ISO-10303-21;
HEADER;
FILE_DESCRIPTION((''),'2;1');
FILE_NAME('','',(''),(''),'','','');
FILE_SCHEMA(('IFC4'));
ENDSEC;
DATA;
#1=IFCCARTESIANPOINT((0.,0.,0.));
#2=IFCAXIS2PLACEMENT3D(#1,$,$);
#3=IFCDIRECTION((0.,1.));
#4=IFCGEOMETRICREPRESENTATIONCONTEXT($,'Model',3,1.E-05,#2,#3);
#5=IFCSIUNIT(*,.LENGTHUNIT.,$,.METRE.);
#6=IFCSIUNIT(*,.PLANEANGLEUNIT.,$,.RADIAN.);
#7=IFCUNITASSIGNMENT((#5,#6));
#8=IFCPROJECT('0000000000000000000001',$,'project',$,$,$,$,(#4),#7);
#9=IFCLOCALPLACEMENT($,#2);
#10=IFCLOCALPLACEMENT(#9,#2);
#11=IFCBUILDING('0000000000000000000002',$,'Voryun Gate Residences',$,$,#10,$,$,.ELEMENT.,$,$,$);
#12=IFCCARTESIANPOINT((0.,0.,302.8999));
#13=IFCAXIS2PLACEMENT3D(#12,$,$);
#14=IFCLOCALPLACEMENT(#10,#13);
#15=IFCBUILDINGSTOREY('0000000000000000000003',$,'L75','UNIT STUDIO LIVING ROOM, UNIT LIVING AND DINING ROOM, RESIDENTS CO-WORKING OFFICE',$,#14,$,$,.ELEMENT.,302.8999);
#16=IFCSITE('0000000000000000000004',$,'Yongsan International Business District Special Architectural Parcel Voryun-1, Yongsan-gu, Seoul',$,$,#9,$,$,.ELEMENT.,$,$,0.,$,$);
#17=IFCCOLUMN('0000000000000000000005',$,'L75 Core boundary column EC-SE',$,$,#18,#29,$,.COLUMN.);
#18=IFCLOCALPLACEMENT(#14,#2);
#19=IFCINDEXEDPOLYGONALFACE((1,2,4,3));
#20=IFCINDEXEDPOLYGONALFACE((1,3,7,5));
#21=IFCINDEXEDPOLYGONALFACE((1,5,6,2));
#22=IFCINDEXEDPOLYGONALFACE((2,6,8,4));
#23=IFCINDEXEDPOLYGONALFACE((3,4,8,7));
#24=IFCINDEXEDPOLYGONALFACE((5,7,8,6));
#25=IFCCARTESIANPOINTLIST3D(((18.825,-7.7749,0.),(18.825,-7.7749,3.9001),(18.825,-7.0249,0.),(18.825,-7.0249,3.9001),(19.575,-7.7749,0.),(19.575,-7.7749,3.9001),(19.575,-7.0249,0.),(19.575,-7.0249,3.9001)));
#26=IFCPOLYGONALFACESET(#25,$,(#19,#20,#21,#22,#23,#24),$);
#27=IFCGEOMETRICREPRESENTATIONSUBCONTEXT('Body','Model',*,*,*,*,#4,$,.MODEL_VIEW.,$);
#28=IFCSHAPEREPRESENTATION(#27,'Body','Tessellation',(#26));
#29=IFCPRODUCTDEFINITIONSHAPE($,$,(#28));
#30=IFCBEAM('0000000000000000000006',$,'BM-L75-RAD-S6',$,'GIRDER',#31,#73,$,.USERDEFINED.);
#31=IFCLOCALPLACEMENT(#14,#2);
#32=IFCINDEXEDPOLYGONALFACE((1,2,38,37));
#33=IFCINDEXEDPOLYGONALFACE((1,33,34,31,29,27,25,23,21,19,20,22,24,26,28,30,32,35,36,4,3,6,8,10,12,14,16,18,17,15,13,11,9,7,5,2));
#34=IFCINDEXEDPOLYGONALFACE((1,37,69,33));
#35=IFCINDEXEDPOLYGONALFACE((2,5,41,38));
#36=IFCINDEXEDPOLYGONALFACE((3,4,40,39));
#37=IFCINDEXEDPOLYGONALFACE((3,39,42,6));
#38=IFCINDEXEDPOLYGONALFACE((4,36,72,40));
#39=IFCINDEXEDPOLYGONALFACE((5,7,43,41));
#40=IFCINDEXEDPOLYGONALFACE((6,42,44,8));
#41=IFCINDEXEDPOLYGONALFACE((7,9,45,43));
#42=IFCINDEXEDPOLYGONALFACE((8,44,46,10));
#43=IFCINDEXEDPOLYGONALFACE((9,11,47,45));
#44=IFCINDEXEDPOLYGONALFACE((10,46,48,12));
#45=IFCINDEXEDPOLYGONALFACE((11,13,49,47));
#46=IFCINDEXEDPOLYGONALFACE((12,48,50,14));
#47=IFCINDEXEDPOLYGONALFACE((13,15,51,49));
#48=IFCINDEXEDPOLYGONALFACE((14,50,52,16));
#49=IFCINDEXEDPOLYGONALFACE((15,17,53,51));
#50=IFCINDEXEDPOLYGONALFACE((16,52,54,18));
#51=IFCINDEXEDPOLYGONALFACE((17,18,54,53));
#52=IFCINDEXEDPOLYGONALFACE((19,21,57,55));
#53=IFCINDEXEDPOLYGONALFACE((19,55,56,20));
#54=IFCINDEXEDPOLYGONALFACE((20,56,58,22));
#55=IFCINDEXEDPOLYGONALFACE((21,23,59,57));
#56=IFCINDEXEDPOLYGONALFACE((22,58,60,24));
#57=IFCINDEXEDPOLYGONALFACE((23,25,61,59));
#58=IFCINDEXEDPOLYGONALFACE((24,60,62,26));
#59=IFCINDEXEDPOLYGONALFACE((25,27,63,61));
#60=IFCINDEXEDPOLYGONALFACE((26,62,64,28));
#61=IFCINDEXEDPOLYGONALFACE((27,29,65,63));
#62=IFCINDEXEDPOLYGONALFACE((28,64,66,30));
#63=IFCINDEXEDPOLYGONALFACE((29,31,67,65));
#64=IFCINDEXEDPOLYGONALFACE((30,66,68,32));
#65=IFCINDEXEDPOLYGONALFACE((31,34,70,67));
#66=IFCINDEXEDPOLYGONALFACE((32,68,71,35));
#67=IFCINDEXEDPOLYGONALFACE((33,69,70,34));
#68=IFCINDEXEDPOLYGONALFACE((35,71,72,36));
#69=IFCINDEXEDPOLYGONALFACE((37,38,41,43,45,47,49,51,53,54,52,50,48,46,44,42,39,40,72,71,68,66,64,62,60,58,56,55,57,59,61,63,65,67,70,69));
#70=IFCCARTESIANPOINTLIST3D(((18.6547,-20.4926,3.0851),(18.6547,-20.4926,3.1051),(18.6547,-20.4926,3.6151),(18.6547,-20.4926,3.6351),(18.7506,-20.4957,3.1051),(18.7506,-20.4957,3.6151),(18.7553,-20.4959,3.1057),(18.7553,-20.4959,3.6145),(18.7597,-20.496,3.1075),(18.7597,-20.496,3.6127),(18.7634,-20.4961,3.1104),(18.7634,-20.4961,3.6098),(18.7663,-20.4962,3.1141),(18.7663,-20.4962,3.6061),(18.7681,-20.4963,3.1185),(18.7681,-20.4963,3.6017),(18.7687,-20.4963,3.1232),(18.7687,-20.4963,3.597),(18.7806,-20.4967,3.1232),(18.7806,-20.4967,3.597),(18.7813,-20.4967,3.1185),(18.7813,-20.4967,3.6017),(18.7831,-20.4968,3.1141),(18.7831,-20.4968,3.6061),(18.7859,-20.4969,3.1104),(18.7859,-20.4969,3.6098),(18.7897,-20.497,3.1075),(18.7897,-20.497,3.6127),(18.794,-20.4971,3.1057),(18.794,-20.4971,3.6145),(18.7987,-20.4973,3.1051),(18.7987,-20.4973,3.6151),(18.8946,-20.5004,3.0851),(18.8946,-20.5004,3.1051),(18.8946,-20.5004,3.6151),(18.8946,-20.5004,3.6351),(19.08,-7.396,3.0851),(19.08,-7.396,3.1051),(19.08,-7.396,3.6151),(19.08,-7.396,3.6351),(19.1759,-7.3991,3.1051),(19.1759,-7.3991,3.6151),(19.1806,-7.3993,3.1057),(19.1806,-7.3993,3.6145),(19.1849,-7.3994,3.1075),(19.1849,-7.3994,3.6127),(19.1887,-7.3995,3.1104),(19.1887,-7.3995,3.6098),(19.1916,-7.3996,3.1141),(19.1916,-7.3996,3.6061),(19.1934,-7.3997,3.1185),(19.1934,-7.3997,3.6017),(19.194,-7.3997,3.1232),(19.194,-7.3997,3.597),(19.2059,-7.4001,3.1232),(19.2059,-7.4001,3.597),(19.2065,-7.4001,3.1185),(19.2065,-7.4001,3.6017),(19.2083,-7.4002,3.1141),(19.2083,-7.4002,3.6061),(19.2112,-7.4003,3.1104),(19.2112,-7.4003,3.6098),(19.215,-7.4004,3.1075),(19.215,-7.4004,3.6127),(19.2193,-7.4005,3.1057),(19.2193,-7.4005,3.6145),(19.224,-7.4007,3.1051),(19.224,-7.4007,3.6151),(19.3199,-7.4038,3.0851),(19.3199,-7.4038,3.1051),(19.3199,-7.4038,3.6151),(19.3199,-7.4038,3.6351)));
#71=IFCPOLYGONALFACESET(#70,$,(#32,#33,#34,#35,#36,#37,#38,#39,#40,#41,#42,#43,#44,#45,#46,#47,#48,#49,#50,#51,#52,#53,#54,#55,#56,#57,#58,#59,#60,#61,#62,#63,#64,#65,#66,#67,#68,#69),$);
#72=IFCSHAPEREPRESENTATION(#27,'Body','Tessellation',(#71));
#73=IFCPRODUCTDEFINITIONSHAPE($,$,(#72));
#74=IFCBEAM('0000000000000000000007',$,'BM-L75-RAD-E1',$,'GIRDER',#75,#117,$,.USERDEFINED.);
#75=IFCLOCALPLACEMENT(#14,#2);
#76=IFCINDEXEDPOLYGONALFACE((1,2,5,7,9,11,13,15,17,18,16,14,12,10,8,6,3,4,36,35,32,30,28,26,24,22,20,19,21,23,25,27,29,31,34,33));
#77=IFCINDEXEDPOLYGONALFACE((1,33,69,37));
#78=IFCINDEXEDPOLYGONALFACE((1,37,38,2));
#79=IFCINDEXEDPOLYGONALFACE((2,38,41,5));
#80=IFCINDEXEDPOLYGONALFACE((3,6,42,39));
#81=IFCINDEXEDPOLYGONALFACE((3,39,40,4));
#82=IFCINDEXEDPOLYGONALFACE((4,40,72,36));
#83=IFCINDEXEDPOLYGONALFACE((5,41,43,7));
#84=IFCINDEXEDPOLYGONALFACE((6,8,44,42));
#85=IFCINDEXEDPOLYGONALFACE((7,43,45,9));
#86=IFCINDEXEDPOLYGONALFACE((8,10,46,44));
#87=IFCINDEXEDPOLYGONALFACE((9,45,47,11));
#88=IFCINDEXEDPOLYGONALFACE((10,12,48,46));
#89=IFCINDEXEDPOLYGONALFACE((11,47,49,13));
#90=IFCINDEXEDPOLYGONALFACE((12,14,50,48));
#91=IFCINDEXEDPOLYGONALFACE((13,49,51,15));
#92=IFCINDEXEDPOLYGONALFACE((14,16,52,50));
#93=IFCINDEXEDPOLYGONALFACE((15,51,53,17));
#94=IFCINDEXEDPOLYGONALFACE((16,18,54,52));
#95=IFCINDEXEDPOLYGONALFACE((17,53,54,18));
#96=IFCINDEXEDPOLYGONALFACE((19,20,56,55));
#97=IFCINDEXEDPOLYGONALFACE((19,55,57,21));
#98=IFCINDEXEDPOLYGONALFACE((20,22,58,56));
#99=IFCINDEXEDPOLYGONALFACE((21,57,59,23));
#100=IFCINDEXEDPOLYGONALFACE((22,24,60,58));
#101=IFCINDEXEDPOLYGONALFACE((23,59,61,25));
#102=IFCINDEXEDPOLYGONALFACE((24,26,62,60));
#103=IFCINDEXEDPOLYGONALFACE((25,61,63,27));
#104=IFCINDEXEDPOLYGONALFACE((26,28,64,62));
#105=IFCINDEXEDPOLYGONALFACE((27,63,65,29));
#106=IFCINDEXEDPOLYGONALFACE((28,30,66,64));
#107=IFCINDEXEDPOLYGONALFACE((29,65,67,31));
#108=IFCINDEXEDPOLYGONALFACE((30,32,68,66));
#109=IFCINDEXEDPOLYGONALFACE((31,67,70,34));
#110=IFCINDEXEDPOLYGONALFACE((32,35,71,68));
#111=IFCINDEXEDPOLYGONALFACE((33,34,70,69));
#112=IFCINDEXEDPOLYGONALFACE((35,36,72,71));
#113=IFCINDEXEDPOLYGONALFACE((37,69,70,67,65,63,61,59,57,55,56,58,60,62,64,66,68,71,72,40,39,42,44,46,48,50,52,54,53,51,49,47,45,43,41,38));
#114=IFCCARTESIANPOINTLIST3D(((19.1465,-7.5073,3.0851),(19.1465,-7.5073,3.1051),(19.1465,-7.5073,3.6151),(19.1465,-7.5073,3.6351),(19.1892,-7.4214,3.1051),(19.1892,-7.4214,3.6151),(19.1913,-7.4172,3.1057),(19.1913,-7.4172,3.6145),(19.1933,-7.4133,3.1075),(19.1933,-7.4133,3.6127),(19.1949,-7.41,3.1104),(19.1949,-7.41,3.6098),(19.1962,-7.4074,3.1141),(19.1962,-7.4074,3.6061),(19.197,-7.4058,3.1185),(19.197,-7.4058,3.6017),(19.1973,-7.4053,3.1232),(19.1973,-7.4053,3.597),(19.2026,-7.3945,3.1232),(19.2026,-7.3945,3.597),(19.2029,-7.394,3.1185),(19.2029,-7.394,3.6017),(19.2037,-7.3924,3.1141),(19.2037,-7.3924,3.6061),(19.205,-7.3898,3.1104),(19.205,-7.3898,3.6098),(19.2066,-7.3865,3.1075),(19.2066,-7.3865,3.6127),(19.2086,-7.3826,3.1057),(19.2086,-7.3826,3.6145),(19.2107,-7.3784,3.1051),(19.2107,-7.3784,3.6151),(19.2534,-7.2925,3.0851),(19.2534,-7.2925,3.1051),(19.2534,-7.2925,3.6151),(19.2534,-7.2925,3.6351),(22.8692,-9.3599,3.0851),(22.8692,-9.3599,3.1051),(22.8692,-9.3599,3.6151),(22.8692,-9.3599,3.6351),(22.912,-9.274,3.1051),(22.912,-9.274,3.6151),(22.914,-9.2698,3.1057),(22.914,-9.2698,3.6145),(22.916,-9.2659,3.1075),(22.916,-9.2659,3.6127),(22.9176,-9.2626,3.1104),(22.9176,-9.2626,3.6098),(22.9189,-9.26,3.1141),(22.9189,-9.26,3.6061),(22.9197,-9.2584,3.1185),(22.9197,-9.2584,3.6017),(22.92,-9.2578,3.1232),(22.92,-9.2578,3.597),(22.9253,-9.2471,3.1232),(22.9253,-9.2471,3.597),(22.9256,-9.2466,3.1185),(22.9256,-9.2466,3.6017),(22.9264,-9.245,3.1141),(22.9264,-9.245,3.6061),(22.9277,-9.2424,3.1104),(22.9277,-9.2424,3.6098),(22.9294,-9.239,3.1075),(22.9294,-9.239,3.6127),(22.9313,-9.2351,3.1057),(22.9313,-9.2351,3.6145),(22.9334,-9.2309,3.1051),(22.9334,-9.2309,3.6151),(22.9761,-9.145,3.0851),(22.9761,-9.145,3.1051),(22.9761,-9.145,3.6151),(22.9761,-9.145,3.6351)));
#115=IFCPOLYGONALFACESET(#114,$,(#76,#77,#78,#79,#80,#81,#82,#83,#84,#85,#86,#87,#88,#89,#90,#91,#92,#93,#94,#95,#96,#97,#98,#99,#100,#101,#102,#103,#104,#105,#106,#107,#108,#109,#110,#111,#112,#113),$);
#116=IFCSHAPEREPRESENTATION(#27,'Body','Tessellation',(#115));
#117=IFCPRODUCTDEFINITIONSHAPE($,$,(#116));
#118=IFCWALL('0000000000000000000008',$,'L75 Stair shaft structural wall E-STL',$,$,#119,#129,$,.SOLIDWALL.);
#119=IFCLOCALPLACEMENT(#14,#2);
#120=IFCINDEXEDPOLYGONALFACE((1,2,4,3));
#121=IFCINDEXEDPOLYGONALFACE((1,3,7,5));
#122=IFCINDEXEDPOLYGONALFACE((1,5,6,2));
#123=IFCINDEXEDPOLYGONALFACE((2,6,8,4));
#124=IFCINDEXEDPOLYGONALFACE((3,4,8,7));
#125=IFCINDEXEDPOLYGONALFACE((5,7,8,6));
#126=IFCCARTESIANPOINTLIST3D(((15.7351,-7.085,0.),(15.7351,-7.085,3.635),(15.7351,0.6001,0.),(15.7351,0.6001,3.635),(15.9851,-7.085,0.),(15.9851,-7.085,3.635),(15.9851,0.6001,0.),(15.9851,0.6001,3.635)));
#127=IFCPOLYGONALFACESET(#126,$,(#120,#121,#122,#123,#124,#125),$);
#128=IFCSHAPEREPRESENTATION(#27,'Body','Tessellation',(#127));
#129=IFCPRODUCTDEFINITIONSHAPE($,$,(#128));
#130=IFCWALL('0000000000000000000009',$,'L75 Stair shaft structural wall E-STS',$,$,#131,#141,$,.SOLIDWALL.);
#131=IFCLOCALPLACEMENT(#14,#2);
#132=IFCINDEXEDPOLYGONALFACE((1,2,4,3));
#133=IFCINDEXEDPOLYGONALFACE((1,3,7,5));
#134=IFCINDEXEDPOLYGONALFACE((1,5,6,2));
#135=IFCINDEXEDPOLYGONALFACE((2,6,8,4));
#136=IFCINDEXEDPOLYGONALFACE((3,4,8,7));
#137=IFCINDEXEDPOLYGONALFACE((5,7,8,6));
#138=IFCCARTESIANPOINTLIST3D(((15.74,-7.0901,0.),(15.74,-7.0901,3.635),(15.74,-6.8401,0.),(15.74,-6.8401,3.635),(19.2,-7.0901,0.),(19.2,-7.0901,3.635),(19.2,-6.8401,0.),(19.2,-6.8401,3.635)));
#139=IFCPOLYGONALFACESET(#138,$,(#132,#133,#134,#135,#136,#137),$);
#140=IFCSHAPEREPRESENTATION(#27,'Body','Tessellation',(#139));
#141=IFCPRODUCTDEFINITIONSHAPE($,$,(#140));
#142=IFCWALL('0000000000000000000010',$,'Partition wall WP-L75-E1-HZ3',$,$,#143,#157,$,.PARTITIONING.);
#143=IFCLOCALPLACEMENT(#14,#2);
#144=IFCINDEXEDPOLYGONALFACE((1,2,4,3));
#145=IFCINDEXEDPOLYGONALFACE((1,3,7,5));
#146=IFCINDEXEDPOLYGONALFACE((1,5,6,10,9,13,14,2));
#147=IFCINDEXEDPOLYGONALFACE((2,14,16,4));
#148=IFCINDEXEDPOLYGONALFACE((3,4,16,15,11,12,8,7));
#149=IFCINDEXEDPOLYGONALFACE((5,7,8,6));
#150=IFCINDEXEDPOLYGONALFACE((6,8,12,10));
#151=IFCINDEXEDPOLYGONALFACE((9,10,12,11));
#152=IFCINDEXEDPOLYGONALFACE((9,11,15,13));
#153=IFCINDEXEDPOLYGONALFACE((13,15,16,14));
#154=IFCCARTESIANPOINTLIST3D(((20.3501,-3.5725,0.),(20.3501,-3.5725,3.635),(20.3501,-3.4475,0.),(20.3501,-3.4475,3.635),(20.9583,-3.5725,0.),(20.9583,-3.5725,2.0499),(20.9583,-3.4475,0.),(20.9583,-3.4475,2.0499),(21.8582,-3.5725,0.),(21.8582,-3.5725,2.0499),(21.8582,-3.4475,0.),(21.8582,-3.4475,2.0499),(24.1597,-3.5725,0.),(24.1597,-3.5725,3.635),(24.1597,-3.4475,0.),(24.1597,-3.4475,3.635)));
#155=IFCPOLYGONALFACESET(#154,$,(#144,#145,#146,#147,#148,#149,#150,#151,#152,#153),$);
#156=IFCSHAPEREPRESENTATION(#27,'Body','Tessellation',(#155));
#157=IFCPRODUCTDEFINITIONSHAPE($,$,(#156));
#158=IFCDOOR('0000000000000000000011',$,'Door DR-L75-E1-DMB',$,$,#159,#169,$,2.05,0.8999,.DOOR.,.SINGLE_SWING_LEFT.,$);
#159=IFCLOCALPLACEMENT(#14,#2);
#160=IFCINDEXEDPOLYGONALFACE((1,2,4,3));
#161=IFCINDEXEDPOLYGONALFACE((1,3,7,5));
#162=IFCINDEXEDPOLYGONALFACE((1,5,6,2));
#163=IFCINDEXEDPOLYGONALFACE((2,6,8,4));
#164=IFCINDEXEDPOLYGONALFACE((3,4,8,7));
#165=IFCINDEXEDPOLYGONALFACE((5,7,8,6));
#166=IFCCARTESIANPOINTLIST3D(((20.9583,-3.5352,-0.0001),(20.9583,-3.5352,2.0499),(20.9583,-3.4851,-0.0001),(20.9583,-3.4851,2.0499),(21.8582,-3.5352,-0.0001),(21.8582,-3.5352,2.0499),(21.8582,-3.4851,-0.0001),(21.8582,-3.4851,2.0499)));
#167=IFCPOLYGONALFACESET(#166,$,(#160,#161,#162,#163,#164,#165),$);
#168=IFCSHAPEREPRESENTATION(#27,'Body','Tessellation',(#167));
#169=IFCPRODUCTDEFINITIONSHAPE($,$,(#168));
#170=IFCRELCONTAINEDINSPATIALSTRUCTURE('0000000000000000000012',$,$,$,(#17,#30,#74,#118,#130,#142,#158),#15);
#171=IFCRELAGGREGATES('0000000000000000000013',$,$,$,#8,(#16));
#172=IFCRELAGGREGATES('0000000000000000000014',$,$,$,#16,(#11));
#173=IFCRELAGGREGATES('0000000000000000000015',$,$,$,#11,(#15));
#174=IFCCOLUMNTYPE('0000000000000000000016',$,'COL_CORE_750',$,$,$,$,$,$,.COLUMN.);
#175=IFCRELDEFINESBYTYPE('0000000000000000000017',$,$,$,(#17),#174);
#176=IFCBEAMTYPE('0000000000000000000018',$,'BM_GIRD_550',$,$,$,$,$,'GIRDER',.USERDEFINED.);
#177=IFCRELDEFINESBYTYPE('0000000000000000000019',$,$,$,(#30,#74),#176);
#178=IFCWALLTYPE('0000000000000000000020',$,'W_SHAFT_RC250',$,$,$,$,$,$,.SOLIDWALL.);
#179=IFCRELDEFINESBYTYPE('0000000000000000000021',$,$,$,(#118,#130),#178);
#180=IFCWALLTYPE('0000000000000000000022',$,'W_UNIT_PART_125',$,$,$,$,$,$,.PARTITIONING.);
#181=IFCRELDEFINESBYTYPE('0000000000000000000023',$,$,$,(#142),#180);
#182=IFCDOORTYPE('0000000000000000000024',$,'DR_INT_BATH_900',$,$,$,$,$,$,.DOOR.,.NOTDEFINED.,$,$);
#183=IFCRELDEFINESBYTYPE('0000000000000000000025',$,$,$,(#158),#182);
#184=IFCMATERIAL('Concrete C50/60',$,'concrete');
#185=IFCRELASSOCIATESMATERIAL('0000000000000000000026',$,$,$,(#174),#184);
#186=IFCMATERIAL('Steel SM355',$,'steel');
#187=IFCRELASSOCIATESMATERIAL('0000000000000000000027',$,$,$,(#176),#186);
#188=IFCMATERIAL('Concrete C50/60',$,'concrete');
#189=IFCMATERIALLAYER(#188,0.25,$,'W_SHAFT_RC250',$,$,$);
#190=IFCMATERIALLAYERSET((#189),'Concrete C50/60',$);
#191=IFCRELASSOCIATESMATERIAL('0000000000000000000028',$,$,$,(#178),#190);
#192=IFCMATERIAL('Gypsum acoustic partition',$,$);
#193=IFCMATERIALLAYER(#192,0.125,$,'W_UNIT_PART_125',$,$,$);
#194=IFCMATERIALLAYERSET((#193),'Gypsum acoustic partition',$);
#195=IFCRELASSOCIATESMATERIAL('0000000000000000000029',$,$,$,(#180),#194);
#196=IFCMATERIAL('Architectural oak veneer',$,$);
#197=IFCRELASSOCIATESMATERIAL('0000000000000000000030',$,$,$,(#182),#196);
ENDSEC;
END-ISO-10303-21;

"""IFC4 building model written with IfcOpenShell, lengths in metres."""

from ifc_helpers import new_model, si_unit, direction, frame, frame_2d, origin, origin_2d, place, context, subcontext, project, spatial, rectangle, i_section, extrude, material, layer, layer_set, material_profile, profile_set, type_object, element, fill, save


model = new_model("IFC4")

# Units and contexts
model_context = context("Model", 3, precision=1e-05, world=origin(), true_north=direction((0.0, 1.0)))
body_context = subcontext(model_context, "Body", "Model", "MODEL_VIEW")
ifc_project = project(units=[si_unit("LENGTHUNIT", "METRE"), si_unit("PLANEANGLEUNIT", "RADIAN")], contexts=[model_context])

# Site, building, storey
site_placement = place(None, origin())
site = spatial("IfcSite", under=ifc_project, at=site_placement, Name="Yongsan International Business District Special Architectural Parcel Voryun-1, Yongsan-gu, Seoul", CompositionType="ELEMENT", RefElevation=0.0)
building_placement = place(site_placement, origin())
building = spatial("IfcBuilding", under=site, at=building_placement, Name="Voryun Gate Residences", CompositionType="ELEMENT")
storey_placement = place(building_placement, frame((0.0, 0.0, 302.8999)))
storey = spatial("IfcBuildingStorey", under=building, at=storey_placement, Name="L75", Description="UNIT STUDIO LIVING ROOM, UNIT LIVING AND DINING ROOM, RESIDENTS CO-WORKING OFFICE", CompositionType="ELEMENT", Elevation=302.8999)

# Column
ifc_material_1 = material(Name="Concrete C50/60", Category="concrete")
ifc_material_profile_1 = material_profile(ifc_material_1, rectangle(XDim=0.75, YDim=0.75, at=origin_2d()), Name="RC-750x750")
ifc_profile_set_1 = profile_set([ifc_material_profile_1], Name="Concrete C50/60")
column_type = type_object("IfcColumnType", Name="COL_CORE_750", PredefinedType="COLUMN", material=ifc_profile_set_1)
column_placement = place(storey_placement, frame((19.2, -7.3999, 0.0), z_axis=(0.0, 0.0, 1.0), x_axis=(1.0, 0.0, 0.0)))
element("IfcColumn", 1, at=column_placement, inside=storey, type_object=column_type, Name="L75 Core boundary column EC-SE", PredefinedType="COLUMN", context=body_context, shape_type="SweptSolid", body=[
    extrude(rectangle(XDim=0.75, YDim=0.75, at=origin_2d()), origin(), (0.0, 0.0, 1.0), 3.9001),
])

# Beams
ifc_material_2 = material(Name="Steel SM355", Category="steel")
ifc_material_profile_2 = material_profile(ifc_material_2, i_section(OverallWidth=0.24, OverallDepth=0.55, WebThickness=0.012, FlangeThickness=0.02, FilletRadius=0.0181, at=origin_2d()), Name="H-550x240x12x20")
ifc_profile_set_2 = profile_set([ifc_material_profile_2], Name="Steel SM355")
beam_type = type_object("IfcBeamType", Name="BM_GIRD_550", ElementType="GIRDER", PredefinedType="USERDEFINED", material=ifc_profile_set_2)
beam_1_placement = place(storey_placement, frame((19.2, -7.3999, 3.3601), z_axis=(-0.032456, -0.999473, 0.0), x_axis=(0.999473, -0.032456, 0.0)))
element("IfcBeam", 2, at=beam_1_placement, inside=storey, type_object=beam_type, Name="BM-L75-RAD-S6", ObjectType="GIRDER", PredefinedType="USERDEFINED", context=body_context, shape_type="SweptSolid", body=[
    extrude(i_section(OverallWidth=0.24, OverallDepth=0.55, WebThickness=0.012, FlangeThickness=0.02, FilletRadius=0.0181, at=origin_2d()), origin(), (0.0, 0.0, 1.0), 13.1035),
])
beam_2_placement = place(storey_placement, frame((19.2, -7.3999, 3.3601), z_axis=(0.895271, -0.445522, 0.0), x_axis=(0.445522, 0.895271, 0.0)))
element("IfcBeam", 3, at=beam_2_placement, inside=storey, type_object=beam_type, Name="BM-L75-RAD-E1", ObjectType="GIRDER", PredefinedType="USERDEFINED", context=body_context, shape_type="SweptSolid", body=[
    extrude(i_section(OverallWidth=0.24, OverallDepth=0.55, WebThickness=0.012, FlangeThickness=0.02, FilletRadius=0.0181, at=origin_2d()), origin(), (0.0, 0.0, 1.0), 4.1582),
])

# Walls
ifc_material_3 = material(Name="Concrete C50/60", Category="concrete")
ifc_layer_1 = layer(ifc_material_3, 0.25, Name="W_SHAFT_RC250")
ifc_layer_set_1 = layer_set([ifc_layer_1], Name="Concrete C50/60")
wall_type_1 = type_object("IfcWallType", Name="W_SHAFT_RC250", PredefinedType="SOLIDWALL", material=ifc_layer_set_1)
wall_1_placement = place(storey_placement, frame((15.8601, -7.085, 0.0), z_axis=(0.0, 0.0, 1.0), x_axis=(0.0, 1.0, 0.0)))
element("IfcWall", 4, at=wall_1_placement, inside=storey, type_object=wall_type_1, Name="L75 Stair shaft structural wall E-STL", PredefinedType="SOLIDWALL", context=body_context, shape_type="SweptSolid", body=[
    extrude(rectangle(XDim=7.6851, YDim=0.25, at=frame_2d((3.8425, 0.0))), origin(), (0.0, 0.0, 1.0), 3.635),
])
wall_2_placement = place(storey_placement, frame((15.74, -6.9651, 0.0), z_axis=(0.0, 0.0, 1.0), x_axis=(1.0, 0.0, 0.0)))
element("IfcWall", 5, at=wall_2_placement, inside=storey, type_object=wall_type_1, Name="L75 Stair shaft structural wall E-STS", PredefinedType="SOLIDWALL", context=body_context, shape_type="SweptSolid", body=[
    extrude(rectangle(XDim=3.46, YDim=0.25, at=frame_2d((1.73, 0.0))), origin(), (0.0, 0.0, 1.0), 3.635),
])

# Wall, opening, door
ifc_material_4 = material(Name="Gypsum acoustic partition")
ifc_layer_2 = layer(ifc_material_4, 0.125, Name="W_UNIT_PART_125")
ifc_layer_set_2 = layer_set([ifc_layer_2], Name="Gypsum acoustic partition")
wall_type_2 = type_object("IfcWallType", Name="W_UNIT_PART_125", PredefinedType="PARTITIONING", material=ifc_layer_set_2)
wall_3_placement = place(storey_placement, frame((20.3501, -3.51, 0.0), z_axis=(0.0, 0.0, 1.0), x_axis=(1.0, 0.0, 0.0)))
wall_3 = element("IfcWall", 6, at=wall_3_placement, inside=storey, type_object=wall_type_2, Name="Partition wall WP-L75-E1-HZ3", PredefinedType="PARTITIONING", context=body_context, shape_type="SweptSolid", body=[
    extrude(rectangle(XDim=3.8096, YDim=0.125, at=frame_2d((1.9048, 0.0))), origin(), (0.0, 0.0, 1.0), 3.635),
])
opening_1_placement = place(wall_3_placement, frame((0.6082, 0.0, 0.0)))
opening_1 = element("IfcOpeningElement", 7, at=opening_1_placement, cuts=wall_3, PredefinedType="OPENING", context=body_context, shape_type="SweptSolid", body=[
    extrude(rectangle(XDim=0.8999, YDim=2.05, at=frame_2d((0.45, 1.0249))), frame((0.0, 0.0725, 0.0), z_axis=(0.0, -1.0, 0.0), x_axis=(1.0, 0.0, 0.0)), (0.0, 0.0, 1.0), 0.145),
])
ifc_material_5 = material(Name="Architectural oak veneer")
door_type = type_object("IfcDoorType", Name="DR_INT_BATH_900", OperationType="NOTDEFINED", PredefinedType="DOOR", material=ifc_material_5)
door_1_placement = place(opening_1_placement, origin())
door_1 = element("IfcDoor", 8, at=door_1_placement, inside=storey, type_object=door_type, Name="Door DR-L75-E1-DMB", OperationType="SINGLE_SWING_LEFT", OverallHeight=2.05, OverallWidth=0.8999, PredefinedType="DOOR", context=body_context, shape_type="SweptSolid", body=[
    extrude(rectangle(XDim=0.8999, YDim=2.05, at=frame_2d((0.45, 1.0249))), frame((0.0, 0.0249, 0.0), z_axis=(0.0, -1.0, 0.0), x_axis=(1.0, 0.0, 0.0)), (0.0, 0.0, 1.0), 0.05),
])
fill(opening_1, door_1)

save(model, "model.ifc")
